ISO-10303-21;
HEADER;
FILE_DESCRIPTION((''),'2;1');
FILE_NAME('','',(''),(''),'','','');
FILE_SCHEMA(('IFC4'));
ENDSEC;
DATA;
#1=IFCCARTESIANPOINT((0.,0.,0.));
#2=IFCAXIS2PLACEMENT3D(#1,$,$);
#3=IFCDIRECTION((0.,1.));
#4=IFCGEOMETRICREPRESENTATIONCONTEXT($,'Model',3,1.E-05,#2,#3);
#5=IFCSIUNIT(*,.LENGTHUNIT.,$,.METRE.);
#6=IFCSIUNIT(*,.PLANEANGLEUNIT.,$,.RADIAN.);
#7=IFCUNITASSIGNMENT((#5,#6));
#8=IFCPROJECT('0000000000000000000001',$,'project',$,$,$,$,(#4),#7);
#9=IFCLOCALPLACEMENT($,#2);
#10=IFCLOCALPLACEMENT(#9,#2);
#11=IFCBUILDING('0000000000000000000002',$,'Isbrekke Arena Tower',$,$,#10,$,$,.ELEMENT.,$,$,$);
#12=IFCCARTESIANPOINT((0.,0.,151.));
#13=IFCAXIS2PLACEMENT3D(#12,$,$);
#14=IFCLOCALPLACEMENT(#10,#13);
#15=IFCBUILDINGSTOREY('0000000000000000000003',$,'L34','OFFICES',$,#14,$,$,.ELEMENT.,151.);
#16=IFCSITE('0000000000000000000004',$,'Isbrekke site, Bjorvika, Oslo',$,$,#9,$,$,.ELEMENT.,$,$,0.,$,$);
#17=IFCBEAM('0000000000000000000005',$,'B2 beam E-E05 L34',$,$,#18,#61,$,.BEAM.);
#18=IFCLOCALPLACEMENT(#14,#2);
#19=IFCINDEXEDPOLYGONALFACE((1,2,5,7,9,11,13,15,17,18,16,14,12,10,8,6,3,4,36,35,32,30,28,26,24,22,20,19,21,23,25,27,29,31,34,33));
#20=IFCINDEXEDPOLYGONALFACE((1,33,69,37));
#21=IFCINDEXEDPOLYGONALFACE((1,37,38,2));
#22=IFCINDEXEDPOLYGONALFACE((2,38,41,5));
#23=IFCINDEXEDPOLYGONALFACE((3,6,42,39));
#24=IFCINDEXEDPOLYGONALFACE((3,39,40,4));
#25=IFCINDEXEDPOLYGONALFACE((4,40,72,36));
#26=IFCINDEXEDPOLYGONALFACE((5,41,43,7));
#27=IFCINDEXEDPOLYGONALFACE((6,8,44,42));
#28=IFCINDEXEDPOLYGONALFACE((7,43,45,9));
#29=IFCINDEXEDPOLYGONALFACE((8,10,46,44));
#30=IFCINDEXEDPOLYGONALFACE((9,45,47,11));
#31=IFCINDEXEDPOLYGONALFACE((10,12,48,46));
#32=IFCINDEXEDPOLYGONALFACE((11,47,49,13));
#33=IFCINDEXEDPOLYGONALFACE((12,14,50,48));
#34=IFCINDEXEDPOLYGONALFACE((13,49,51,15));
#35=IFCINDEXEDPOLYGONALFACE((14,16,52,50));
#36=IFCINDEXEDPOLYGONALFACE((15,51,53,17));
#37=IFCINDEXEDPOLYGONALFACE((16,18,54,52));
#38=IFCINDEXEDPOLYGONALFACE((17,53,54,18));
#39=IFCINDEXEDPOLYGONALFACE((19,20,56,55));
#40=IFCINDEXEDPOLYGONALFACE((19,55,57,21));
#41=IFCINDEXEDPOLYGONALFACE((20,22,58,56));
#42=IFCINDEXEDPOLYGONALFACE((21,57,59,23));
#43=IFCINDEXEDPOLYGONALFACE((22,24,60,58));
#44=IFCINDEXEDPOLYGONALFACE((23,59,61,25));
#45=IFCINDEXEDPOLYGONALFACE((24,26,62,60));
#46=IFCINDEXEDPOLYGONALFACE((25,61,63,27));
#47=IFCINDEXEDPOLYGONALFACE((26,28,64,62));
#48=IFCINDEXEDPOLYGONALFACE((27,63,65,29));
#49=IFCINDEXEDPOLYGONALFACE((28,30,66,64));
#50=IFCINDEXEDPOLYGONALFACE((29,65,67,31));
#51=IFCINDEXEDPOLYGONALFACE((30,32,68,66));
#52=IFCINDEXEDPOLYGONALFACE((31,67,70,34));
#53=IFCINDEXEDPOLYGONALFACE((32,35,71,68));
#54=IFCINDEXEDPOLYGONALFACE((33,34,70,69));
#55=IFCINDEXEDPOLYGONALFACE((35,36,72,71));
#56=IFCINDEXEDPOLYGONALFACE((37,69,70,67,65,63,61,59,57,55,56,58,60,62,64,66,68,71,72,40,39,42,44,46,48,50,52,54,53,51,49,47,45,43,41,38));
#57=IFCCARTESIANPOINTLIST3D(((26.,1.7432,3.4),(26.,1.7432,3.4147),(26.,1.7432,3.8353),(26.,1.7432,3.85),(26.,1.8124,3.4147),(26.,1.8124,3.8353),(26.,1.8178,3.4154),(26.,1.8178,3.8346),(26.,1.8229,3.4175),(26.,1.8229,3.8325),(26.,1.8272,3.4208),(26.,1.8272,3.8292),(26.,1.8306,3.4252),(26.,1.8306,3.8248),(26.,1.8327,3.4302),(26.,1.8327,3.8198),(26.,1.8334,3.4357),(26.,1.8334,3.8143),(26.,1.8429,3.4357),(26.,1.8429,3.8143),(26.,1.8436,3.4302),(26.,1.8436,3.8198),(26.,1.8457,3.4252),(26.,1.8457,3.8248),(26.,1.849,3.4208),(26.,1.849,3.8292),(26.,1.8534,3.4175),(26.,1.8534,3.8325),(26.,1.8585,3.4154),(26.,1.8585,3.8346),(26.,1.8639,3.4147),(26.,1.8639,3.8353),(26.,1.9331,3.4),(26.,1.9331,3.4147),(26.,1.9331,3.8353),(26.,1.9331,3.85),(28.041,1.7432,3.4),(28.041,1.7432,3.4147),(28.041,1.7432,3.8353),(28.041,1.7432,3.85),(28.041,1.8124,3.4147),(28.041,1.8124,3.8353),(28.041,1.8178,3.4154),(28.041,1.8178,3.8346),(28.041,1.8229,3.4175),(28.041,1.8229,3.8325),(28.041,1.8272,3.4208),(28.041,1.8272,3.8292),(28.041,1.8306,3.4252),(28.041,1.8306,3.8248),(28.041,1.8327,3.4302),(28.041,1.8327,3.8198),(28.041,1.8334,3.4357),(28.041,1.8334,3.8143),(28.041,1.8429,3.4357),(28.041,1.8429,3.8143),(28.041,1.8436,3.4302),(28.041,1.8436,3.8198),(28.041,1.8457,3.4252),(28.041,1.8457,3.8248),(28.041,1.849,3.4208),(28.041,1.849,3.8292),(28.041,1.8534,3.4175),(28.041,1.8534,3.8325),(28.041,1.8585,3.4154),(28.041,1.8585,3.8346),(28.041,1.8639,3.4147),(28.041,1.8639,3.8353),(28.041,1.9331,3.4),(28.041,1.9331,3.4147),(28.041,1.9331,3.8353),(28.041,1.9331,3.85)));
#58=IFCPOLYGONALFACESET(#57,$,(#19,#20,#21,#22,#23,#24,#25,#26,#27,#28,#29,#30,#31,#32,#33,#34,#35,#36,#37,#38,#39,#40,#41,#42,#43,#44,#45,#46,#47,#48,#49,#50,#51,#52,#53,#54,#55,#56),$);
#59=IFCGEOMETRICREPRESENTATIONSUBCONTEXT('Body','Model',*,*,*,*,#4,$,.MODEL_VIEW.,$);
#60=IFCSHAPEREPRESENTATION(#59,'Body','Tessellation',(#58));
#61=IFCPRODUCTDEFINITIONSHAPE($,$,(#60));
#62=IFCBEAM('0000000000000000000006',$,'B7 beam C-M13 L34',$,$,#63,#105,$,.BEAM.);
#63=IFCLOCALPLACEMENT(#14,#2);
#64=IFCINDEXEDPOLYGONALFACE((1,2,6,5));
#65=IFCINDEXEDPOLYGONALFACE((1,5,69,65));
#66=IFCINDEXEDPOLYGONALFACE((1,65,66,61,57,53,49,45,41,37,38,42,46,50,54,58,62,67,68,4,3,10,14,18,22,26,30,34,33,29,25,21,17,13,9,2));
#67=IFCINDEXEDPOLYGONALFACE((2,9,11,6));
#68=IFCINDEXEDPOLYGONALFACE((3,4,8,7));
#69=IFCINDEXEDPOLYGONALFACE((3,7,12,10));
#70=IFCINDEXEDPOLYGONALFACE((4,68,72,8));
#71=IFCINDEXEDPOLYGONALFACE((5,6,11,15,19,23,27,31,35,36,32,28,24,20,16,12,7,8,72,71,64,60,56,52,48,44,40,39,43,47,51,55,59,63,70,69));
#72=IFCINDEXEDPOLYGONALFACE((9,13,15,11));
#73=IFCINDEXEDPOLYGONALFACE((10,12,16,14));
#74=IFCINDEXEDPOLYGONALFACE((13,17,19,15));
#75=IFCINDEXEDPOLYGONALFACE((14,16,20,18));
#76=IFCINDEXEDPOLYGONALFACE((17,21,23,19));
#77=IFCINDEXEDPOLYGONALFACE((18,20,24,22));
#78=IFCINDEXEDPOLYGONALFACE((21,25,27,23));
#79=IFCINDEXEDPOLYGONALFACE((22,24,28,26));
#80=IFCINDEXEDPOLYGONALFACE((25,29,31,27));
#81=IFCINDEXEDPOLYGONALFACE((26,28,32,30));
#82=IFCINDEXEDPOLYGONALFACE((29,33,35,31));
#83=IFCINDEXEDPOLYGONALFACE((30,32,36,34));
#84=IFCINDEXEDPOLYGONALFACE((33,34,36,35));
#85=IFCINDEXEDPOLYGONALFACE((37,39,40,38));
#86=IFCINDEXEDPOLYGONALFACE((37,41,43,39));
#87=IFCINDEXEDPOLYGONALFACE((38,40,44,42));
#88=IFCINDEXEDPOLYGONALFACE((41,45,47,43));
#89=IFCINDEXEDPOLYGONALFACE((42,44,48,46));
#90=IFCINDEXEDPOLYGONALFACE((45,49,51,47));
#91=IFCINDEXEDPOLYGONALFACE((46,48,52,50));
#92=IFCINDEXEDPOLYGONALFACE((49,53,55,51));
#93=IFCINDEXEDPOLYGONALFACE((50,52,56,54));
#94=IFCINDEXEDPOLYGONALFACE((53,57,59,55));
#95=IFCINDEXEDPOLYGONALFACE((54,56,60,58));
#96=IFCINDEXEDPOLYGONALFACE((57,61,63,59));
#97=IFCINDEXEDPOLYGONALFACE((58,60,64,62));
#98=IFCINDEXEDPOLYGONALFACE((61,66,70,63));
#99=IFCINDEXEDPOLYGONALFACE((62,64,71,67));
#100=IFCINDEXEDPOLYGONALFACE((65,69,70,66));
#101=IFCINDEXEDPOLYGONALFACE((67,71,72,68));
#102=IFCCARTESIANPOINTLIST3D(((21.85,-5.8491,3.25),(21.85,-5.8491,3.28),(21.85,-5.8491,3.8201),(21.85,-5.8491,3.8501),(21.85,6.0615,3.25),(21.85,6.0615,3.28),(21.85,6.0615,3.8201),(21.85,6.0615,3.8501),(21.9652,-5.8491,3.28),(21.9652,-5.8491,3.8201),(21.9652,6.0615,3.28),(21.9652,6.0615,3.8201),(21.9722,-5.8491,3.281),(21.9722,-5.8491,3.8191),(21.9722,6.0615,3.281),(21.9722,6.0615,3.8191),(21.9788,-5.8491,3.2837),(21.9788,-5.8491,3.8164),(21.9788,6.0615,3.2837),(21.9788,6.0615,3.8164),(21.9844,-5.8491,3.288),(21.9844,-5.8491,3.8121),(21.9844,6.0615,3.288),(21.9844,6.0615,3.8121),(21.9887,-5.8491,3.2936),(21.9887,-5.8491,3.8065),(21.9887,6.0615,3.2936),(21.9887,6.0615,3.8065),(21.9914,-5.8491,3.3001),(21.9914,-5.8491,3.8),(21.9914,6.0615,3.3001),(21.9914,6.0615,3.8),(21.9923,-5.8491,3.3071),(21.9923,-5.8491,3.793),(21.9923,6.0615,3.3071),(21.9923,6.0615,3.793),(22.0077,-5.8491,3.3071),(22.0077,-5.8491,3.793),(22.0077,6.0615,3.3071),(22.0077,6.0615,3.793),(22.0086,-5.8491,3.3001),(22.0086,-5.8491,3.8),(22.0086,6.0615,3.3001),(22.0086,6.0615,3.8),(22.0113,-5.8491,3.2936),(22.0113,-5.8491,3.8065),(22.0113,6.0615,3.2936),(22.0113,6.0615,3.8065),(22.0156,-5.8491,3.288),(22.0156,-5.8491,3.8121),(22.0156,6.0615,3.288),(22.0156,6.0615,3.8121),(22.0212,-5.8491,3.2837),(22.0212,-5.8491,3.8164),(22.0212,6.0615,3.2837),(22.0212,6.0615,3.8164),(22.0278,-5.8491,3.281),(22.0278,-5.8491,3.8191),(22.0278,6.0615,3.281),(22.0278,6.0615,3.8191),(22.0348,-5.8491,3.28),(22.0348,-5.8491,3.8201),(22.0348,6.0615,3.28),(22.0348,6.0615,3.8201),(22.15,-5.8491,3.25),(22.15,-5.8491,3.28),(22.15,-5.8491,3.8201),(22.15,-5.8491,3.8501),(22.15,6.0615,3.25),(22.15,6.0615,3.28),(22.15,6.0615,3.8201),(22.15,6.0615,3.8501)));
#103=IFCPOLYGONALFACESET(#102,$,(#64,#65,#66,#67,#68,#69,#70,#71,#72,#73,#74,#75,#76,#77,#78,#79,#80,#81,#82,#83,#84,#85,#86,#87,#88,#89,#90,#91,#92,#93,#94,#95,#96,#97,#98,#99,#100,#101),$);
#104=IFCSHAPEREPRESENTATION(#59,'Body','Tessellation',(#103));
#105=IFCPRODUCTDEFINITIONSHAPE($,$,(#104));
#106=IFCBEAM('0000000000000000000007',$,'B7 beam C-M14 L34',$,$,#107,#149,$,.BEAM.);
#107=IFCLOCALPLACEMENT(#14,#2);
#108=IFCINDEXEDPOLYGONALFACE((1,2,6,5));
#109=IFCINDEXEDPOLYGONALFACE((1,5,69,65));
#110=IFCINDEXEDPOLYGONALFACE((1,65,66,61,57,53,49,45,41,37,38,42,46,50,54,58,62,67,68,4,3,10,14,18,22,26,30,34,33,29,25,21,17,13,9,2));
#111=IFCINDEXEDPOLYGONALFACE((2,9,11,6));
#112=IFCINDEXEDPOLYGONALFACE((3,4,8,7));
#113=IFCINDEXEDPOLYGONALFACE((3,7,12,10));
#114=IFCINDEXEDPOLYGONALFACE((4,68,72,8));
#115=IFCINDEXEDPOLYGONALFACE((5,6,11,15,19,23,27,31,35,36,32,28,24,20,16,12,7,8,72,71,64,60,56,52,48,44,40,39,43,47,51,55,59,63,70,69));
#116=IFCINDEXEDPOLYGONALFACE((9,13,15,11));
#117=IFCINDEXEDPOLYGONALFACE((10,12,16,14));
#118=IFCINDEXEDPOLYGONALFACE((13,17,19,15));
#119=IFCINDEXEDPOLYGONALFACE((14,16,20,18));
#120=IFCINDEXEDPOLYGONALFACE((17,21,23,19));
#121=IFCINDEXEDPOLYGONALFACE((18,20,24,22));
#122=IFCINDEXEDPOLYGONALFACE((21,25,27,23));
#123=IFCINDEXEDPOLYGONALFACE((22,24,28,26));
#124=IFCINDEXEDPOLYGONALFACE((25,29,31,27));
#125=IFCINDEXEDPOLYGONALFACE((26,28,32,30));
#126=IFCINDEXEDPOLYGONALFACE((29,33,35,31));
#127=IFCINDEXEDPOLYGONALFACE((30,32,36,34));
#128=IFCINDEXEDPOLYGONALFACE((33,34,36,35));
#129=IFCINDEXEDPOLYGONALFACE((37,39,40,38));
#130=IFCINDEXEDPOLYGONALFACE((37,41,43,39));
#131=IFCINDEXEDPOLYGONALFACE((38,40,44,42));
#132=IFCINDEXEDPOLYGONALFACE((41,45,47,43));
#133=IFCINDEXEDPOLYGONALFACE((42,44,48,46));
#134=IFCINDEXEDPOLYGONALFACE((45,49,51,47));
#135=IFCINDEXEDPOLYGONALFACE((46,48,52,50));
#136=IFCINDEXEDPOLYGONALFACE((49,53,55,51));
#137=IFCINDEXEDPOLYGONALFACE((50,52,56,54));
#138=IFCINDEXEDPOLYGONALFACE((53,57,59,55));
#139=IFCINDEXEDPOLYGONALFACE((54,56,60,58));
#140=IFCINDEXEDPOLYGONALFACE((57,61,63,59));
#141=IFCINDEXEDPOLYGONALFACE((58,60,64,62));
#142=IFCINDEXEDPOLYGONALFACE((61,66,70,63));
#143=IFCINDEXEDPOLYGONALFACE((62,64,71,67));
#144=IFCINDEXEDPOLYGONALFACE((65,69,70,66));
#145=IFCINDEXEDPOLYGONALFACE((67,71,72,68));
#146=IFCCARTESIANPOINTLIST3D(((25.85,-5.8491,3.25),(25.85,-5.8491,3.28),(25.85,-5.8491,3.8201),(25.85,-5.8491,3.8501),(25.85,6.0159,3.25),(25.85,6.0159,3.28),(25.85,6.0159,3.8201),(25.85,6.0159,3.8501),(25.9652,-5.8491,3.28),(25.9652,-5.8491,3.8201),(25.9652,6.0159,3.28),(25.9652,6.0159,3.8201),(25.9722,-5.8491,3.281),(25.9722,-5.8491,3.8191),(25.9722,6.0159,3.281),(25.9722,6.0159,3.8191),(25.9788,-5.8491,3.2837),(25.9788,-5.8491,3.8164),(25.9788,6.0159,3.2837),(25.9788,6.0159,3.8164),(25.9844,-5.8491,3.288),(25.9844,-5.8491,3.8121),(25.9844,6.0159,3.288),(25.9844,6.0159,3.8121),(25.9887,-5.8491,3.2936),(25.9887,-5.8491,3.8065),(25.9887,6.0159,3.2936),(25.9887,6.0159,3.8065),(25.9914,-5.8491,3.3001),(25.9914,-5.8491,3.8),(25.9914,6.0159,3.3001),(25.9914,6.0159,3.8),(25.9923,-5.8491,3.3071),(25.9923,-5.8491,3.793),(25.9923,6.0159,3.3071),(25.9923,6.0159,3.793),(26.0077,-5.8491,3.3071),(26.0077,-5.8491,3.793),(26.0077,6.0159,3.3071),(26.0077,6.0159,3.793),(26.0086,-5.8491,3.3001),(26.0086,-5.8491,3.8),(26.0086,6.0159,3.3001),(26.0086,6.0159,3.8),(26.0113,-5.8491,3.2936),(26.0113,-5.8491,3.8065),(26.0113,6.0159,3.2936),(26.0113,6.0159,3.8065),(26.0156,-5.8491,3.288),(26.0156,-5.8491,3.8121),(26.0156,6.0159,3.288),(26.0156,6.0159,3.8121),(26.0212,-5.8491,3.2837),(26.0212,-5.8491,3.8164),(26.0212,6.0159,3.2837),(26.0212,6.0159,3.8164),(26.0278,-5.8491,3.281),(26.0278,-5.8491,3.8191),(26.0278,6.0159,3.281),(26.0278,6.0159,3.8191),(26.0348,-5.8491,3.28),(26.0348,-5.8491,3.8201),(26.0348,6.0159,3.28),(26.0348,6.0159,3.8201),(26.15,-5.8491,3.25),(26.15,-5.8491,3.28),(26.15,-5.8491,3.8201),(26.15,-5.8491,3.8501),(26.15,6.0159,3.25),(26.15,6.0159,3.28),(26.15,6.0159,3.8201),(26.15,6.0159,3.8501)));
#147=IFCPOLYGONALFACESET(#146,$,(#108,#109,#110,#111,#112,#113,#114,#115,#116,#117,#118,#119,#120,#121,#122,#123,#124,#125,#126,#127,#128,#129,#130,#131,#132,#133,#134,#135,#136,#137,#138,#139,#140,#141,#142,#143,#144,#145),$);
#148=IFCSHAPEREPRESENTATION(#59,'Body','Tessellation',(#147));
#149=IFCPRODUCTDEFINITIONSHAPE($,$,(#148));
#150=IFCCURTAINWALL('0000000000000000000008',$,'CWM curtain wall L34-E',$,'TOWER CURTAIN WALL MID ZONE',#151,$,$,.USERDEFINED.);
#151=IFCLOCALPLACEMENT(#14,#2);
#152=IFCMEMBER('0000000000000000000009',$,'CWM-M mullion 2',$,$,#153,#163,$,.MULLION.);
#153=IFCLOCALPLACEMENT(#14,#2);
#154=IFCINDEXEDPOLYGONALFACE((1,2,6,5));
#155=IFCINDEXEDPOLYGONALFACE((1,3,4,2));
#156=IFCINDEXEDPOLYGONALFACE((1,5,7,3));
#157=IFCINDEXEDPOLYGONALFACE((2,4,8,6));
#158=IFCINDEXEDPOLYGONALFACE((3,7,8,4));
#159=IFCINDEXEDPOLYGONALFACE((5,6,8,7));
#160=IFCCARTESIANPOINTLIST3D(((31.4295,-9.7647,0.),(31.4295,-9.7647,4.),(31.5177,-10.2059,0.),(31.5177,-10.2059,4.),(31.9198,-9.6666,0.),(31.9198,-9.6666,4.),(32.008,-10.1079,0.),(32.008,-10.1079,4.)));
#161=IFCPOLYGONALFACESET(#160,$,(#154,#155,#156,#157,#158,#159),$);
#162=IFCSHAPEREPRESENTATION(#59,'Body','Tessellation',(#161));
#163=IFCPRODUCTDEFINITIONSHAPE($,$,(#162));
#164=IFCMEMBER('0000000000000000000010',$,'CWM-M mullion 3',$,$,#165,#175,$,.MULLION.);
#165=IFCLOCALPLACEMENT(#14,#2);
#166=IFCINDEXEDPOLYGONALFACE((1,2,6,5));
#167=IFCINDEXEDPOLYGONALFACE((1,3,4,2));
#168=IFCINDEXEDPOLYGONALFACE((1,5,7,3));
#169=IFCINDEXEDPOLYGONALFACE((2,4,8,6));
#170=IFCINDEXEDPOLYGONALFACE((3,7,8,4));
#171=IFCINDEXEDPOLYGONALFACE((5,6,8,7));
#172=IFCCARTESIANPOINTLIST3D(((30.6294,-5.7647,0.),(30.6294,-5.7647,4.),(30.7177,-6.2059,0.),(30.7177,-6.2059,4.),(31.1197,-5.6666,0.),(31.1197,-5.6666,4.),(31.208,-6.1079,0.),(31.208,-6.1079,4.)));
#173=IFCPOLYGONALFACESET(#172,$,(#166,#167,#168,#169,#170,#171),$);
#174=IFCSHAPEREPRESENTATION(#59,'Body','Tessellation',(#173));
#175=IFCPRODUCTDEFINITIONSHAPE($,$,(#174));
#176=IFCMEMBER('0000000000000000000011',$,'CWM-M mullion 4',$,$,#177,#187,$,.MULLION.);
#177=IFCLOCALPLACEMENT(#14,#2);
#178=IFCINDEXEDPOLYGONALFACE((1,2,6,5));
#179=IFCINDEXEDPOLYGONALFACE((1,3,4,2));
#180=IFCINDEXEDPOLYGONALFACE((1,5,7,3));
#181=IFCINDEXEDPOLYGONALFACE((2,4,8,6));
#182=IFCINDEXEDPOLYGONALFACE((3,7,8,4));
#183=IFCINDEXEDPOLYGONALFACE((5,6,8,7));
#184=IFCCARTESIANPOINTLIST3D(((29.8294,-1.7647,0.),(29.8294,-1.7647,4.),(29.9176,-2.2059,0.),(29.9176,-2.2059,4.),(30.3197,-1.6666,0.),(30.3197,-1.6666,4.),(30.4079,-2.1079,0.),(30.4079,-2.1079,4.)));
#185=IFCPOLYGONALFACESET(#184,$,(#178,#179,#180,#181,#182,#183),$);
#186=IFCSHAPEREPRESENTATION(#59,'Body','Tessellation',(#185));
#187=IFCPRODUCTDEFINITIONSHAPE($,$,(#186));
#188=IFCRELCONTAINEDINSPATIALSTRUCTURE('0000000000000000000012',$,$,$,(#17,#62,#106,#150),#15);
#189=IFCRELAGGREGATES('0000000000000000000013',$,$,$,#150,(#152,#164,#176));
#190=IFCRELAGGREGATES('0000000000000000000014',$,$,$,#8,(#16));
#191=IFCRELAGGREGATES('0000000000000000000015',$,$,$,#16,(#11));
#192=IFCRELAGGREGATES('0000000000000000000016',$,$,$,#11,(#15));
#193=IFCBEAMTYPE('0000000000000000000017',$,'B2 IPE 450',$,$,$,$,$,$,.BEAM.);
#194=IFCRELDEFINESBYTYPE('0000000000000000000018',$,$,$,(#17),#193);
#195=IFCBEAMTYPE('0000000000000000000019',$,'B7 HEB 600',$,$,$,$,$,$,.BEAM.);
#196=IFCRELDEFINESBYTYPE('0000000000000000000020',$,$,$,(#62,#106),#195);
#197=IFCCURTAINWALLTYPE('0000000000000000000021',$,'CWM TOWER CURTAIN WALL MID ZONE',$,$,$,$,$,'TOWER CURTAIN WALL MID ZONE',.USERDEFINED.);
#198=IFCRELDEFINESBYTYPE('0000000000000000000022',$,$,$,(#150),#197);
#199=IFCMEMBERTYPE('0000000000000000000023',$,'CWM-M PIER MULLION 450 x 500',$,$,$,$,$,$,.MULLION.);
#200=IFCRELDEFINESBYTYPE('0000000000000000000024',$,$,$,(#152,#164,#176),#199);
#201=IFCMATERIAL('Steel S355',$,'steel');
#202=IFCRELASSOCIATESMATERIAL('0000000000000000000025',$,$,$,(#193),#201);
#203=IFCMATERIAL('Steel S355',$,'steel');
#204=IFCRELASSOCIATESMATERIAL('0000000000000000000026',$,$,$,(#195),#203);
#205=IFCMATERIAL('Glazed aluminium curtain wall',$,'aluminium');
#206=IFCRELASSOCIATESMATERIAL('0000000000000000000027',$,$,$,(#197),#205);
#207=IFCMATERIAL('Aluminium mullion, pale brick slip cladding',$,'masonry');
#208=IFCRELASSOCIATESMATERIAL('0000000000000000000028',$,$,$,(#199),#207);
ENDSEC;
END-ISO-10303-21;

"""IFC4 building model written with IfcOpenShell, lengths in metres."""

from ifc_helpers import new_model, si_unit, direction, frame, origin, origin_2d, place, context, subcontext, project, spatial, rectangle, i_section, extrude, material, material_profile, profile_set, type_object, element, aggregate, save


model = new_model("IFC4")

# Units and contexts
model_context = context("Model", 3, precision=1e-05, world=origin(), true_north=direction((0.0, 1.0)))
body_context = subcontext(model_context, "Body", "Model", "MODEL_VIEW")
ifc_project = project(units=[si_unit("LENGTHUNIT", "METRE"), si_unit("PLANEANGLEUNIT", "RADIAN")], contexts=[model_context])

# Site, building, storey
site_placement = place(None, origin())
site = spatial("IfcSite", under=ifc_project, at=site_placement, Name="Isbrekke site, Bjorvika, Oslo", CompositionType="ELEMENT", RefElevation=0.0)
building_placement = place(site_placement, origin())
building = spatial("IfcBuilding", under=site, at=building_placement, Name="Isbrekke Arena Tower", CompositionType="ELEMENT")
storey_placement = place(building_placement, frame((0.0, 0.0, 151.0)))
storey = spatial("IfcBuildingStorey", under=building, at=storey_placement, Name="L34", Description="OFFICES", CompositionType="ELEMENT", Elevation=151.0)

# Beams
ifc_material_1 = material(Name="Steel S355", Category="steel")
ifc_material_profile_1 = material_profile(ifc_material_1, i_section(OverallWidth=0.1899, OverallDepth=0.45, WebThickness=0.0095, FlangeThickness=0.0146, FilletRadius=0.021, at=origin_2d()), Name="IPE 450")
ifc_profile_set_1 = profile_set([ifc_material_profile_1], Name="Steel S355")
beam_type_1 = type_object("IfcBeamType", Name="B2 IPE 450", PredefinedType="BEAM", material=ifc_profile_set_1)
beam_1_placement = place(storey_placement, frame((28.041, 1.8381, 3.625), z_axis=(-1.0, 0.0, 0.0), x_axis=(0.0, -1.0, 0.0)))
element("IfcBeam", 1, at=beam_1_placement, inside=storey, type_object=beam_type_1, Name="B2 beam E-E05 L34", PredefinedType="BEAM", context=body_context, shape_type="SweptSolid", body=[
    extrude(i_section(OverallWidth=0.1899, OverallDepth=0.45, WebThickness=0.0095, FlangeThickness=0.0146, FilletRadius=0.021, at=origin_2d()), origin(), (0.0, 0.0, 1.0), 2.041),
])
ifc_material_2 = material(Name="Steel S355", Category="steel")
ifc_material_profile_2 = material_profile(ifc_material_2, i_section(OverallWidth=0.3, OverallDepth=0.6001, WebThickness=0.0154, FlangeThickness=0.03, FilletRadius=0.0271, at=origin_2d()), Name="HEB 600")
ifc_profile_set_2 = profile_set([ifc_material_profile_2], Name="Steel S355")
beam_type_2 = type_object("IfcBeamType", Name="B7 HEB 600", PredefinedType="BEAM", material=ifc_profile_set_2)
beam_2_placement = place(storey_placement, frame((22.0, -5.8491, 3.55), z_axis=(0.0, 1.0, 0.0), x_axis=(-1.0, 0.0, 0.0)))
element("IfcBeam", 2, at=beam_2_placement, inside=storey, type_object=beam_type_2, Name="B7 beam C-M13 L34", PredefinedType="BEAM", context=body_context, shape_type="SweptSolid", body=[
    extrude(i_section(OverallWidth=0.3, OverallDepth=0.6001, WebThickness=0.0154, FlangeThickness=0.03, FilletRadius=0.0271, at=origin_2d()), origin(), (0.0, 0.0, 1.0), 11.9106),
])
beam_3_placement = place(storey_placement, frame((26.0, -5.8491, 3.55), z_axis=(0.0, 1.0, 0.0), x_axis=(-1.0, 0.0, 0.0)))
element("IfcBeam", 3, at=beam_3_placement, inside=storey, type_object=beam_type_2, Name="B7 beam C-M14 L34", PredefinedType="BEAM", context=body_context, shape_type="SweptSolid", body=[
    extrude(i_section(OverallWidth=0.3, OverallDepth=0.6001, WebThickness=0.0154, FlangeThickness=0.03, FilletRadius=0.0271, at=origin_2d()), origin(), (0.0, 0.0, 1.0), 11.865),
])

# Curtain wall, members
ifc_material_3 = material(Name="Glazed aluminium curtain wall", Category="aluminium")
curtain_wall_type = type_object("IfcCurtainWallType", Name="CWM TOWER CURTAIN WALL MID ZONE", ElementType="TOWER CURTAIN WALL MID ZONE", PredefinedType="USERDEFINED", material=ifc_material_3)
curtain_wall_placement = place(storey_placement, origin())
curtain_wall = element("IfcCurtainWall", 4, at=curtain_wall_placement, inside=storey, type_object=curtain_wall_type, Name="CWM curtain wall L34-E", ObjectType="TOWER CURTAIN WALL MID ZONE", PredefinedType="USERDEFINED")
ifc_material_4 = material(Name="Aluminium mullion, pale brick slip cladding", Category="masonry")
ifc_material_profile_3 = material_profile(ifc_material_4, rectangle(XDim=0.45, YDim=0.5, at=origin_2d()), Name="PIER 450X500")
ifc_profile_set_3 = profile_set([ifc_material_profile_3], Name="Aluminium mullion, pale brick slip cladding")
member_type_1 = type_object("IfcMemberType", Name="CWM-M PIER MULLION 450 x 500", PredefinedType="MULLION", material=ifc_profile_set_3)
member_1_placement = place(storey_placement, frame((31.7188, -9.9363, 0.0), z_axis=(0.0, 0.0, 1.0), x_axis=(-0.196116, 0.980581, 0.0)))
member_1 = element("IfcMember", 5, at=member_1_placement, type_object=member_type_1, Name="CWM-M mullion 2", PredefinedType="MULLION", context=body_context, shape_type="SweptSolid", body=[
    extrude(rectangle(XDim=0.45, YDim=0.5, at=origin_2d()), origin(), (0.0, 0.0, 1.0), 4.0),
])
member_2_placement = place(storey_placement, frame((30.9187, -5.9363, 0.0), z_axis=(0.0, 0.0, 1.0), x_axis=(-0.196116, 0.980581, 0.0)))
member_2 = element("IfcMember", 6, at=member_2_placement, type_object=member_type_1, Name="CWM-M mullion 3", PredefinedType="MULLION", context=body_context, shape_type="SweptSolid", body=[
    extrude(rectangle(XDim=0.45, YDim=0.5, at=origin_2d()), origin(), (0.0, 0.0, 1.0), 4.0),
])
member_3_placement = place(storey_placement, frame((30.1187, -1.9363, 0.0), z_axis=(0.0, 0.0, 1.0), x_axis=(-0.196116, 0.980581, 0.0)))
member_3 = element("IfcMember", 7, at=member_3_placement, type_object=member_type_1, Name="CWM-M mullion 4", PredefinedType="MULLION", context=body_context, shape_type="SweptSolid", body=[
    extrude(rectangle(XDim=0.45, YDim=0.5, at=origin_2d()), origin(), (0.0, 0.0, 1.0), 4.0),
])

aggregate(curtain_wall, [member_1, member_2, member_3])

save(model, "model.ifc")
